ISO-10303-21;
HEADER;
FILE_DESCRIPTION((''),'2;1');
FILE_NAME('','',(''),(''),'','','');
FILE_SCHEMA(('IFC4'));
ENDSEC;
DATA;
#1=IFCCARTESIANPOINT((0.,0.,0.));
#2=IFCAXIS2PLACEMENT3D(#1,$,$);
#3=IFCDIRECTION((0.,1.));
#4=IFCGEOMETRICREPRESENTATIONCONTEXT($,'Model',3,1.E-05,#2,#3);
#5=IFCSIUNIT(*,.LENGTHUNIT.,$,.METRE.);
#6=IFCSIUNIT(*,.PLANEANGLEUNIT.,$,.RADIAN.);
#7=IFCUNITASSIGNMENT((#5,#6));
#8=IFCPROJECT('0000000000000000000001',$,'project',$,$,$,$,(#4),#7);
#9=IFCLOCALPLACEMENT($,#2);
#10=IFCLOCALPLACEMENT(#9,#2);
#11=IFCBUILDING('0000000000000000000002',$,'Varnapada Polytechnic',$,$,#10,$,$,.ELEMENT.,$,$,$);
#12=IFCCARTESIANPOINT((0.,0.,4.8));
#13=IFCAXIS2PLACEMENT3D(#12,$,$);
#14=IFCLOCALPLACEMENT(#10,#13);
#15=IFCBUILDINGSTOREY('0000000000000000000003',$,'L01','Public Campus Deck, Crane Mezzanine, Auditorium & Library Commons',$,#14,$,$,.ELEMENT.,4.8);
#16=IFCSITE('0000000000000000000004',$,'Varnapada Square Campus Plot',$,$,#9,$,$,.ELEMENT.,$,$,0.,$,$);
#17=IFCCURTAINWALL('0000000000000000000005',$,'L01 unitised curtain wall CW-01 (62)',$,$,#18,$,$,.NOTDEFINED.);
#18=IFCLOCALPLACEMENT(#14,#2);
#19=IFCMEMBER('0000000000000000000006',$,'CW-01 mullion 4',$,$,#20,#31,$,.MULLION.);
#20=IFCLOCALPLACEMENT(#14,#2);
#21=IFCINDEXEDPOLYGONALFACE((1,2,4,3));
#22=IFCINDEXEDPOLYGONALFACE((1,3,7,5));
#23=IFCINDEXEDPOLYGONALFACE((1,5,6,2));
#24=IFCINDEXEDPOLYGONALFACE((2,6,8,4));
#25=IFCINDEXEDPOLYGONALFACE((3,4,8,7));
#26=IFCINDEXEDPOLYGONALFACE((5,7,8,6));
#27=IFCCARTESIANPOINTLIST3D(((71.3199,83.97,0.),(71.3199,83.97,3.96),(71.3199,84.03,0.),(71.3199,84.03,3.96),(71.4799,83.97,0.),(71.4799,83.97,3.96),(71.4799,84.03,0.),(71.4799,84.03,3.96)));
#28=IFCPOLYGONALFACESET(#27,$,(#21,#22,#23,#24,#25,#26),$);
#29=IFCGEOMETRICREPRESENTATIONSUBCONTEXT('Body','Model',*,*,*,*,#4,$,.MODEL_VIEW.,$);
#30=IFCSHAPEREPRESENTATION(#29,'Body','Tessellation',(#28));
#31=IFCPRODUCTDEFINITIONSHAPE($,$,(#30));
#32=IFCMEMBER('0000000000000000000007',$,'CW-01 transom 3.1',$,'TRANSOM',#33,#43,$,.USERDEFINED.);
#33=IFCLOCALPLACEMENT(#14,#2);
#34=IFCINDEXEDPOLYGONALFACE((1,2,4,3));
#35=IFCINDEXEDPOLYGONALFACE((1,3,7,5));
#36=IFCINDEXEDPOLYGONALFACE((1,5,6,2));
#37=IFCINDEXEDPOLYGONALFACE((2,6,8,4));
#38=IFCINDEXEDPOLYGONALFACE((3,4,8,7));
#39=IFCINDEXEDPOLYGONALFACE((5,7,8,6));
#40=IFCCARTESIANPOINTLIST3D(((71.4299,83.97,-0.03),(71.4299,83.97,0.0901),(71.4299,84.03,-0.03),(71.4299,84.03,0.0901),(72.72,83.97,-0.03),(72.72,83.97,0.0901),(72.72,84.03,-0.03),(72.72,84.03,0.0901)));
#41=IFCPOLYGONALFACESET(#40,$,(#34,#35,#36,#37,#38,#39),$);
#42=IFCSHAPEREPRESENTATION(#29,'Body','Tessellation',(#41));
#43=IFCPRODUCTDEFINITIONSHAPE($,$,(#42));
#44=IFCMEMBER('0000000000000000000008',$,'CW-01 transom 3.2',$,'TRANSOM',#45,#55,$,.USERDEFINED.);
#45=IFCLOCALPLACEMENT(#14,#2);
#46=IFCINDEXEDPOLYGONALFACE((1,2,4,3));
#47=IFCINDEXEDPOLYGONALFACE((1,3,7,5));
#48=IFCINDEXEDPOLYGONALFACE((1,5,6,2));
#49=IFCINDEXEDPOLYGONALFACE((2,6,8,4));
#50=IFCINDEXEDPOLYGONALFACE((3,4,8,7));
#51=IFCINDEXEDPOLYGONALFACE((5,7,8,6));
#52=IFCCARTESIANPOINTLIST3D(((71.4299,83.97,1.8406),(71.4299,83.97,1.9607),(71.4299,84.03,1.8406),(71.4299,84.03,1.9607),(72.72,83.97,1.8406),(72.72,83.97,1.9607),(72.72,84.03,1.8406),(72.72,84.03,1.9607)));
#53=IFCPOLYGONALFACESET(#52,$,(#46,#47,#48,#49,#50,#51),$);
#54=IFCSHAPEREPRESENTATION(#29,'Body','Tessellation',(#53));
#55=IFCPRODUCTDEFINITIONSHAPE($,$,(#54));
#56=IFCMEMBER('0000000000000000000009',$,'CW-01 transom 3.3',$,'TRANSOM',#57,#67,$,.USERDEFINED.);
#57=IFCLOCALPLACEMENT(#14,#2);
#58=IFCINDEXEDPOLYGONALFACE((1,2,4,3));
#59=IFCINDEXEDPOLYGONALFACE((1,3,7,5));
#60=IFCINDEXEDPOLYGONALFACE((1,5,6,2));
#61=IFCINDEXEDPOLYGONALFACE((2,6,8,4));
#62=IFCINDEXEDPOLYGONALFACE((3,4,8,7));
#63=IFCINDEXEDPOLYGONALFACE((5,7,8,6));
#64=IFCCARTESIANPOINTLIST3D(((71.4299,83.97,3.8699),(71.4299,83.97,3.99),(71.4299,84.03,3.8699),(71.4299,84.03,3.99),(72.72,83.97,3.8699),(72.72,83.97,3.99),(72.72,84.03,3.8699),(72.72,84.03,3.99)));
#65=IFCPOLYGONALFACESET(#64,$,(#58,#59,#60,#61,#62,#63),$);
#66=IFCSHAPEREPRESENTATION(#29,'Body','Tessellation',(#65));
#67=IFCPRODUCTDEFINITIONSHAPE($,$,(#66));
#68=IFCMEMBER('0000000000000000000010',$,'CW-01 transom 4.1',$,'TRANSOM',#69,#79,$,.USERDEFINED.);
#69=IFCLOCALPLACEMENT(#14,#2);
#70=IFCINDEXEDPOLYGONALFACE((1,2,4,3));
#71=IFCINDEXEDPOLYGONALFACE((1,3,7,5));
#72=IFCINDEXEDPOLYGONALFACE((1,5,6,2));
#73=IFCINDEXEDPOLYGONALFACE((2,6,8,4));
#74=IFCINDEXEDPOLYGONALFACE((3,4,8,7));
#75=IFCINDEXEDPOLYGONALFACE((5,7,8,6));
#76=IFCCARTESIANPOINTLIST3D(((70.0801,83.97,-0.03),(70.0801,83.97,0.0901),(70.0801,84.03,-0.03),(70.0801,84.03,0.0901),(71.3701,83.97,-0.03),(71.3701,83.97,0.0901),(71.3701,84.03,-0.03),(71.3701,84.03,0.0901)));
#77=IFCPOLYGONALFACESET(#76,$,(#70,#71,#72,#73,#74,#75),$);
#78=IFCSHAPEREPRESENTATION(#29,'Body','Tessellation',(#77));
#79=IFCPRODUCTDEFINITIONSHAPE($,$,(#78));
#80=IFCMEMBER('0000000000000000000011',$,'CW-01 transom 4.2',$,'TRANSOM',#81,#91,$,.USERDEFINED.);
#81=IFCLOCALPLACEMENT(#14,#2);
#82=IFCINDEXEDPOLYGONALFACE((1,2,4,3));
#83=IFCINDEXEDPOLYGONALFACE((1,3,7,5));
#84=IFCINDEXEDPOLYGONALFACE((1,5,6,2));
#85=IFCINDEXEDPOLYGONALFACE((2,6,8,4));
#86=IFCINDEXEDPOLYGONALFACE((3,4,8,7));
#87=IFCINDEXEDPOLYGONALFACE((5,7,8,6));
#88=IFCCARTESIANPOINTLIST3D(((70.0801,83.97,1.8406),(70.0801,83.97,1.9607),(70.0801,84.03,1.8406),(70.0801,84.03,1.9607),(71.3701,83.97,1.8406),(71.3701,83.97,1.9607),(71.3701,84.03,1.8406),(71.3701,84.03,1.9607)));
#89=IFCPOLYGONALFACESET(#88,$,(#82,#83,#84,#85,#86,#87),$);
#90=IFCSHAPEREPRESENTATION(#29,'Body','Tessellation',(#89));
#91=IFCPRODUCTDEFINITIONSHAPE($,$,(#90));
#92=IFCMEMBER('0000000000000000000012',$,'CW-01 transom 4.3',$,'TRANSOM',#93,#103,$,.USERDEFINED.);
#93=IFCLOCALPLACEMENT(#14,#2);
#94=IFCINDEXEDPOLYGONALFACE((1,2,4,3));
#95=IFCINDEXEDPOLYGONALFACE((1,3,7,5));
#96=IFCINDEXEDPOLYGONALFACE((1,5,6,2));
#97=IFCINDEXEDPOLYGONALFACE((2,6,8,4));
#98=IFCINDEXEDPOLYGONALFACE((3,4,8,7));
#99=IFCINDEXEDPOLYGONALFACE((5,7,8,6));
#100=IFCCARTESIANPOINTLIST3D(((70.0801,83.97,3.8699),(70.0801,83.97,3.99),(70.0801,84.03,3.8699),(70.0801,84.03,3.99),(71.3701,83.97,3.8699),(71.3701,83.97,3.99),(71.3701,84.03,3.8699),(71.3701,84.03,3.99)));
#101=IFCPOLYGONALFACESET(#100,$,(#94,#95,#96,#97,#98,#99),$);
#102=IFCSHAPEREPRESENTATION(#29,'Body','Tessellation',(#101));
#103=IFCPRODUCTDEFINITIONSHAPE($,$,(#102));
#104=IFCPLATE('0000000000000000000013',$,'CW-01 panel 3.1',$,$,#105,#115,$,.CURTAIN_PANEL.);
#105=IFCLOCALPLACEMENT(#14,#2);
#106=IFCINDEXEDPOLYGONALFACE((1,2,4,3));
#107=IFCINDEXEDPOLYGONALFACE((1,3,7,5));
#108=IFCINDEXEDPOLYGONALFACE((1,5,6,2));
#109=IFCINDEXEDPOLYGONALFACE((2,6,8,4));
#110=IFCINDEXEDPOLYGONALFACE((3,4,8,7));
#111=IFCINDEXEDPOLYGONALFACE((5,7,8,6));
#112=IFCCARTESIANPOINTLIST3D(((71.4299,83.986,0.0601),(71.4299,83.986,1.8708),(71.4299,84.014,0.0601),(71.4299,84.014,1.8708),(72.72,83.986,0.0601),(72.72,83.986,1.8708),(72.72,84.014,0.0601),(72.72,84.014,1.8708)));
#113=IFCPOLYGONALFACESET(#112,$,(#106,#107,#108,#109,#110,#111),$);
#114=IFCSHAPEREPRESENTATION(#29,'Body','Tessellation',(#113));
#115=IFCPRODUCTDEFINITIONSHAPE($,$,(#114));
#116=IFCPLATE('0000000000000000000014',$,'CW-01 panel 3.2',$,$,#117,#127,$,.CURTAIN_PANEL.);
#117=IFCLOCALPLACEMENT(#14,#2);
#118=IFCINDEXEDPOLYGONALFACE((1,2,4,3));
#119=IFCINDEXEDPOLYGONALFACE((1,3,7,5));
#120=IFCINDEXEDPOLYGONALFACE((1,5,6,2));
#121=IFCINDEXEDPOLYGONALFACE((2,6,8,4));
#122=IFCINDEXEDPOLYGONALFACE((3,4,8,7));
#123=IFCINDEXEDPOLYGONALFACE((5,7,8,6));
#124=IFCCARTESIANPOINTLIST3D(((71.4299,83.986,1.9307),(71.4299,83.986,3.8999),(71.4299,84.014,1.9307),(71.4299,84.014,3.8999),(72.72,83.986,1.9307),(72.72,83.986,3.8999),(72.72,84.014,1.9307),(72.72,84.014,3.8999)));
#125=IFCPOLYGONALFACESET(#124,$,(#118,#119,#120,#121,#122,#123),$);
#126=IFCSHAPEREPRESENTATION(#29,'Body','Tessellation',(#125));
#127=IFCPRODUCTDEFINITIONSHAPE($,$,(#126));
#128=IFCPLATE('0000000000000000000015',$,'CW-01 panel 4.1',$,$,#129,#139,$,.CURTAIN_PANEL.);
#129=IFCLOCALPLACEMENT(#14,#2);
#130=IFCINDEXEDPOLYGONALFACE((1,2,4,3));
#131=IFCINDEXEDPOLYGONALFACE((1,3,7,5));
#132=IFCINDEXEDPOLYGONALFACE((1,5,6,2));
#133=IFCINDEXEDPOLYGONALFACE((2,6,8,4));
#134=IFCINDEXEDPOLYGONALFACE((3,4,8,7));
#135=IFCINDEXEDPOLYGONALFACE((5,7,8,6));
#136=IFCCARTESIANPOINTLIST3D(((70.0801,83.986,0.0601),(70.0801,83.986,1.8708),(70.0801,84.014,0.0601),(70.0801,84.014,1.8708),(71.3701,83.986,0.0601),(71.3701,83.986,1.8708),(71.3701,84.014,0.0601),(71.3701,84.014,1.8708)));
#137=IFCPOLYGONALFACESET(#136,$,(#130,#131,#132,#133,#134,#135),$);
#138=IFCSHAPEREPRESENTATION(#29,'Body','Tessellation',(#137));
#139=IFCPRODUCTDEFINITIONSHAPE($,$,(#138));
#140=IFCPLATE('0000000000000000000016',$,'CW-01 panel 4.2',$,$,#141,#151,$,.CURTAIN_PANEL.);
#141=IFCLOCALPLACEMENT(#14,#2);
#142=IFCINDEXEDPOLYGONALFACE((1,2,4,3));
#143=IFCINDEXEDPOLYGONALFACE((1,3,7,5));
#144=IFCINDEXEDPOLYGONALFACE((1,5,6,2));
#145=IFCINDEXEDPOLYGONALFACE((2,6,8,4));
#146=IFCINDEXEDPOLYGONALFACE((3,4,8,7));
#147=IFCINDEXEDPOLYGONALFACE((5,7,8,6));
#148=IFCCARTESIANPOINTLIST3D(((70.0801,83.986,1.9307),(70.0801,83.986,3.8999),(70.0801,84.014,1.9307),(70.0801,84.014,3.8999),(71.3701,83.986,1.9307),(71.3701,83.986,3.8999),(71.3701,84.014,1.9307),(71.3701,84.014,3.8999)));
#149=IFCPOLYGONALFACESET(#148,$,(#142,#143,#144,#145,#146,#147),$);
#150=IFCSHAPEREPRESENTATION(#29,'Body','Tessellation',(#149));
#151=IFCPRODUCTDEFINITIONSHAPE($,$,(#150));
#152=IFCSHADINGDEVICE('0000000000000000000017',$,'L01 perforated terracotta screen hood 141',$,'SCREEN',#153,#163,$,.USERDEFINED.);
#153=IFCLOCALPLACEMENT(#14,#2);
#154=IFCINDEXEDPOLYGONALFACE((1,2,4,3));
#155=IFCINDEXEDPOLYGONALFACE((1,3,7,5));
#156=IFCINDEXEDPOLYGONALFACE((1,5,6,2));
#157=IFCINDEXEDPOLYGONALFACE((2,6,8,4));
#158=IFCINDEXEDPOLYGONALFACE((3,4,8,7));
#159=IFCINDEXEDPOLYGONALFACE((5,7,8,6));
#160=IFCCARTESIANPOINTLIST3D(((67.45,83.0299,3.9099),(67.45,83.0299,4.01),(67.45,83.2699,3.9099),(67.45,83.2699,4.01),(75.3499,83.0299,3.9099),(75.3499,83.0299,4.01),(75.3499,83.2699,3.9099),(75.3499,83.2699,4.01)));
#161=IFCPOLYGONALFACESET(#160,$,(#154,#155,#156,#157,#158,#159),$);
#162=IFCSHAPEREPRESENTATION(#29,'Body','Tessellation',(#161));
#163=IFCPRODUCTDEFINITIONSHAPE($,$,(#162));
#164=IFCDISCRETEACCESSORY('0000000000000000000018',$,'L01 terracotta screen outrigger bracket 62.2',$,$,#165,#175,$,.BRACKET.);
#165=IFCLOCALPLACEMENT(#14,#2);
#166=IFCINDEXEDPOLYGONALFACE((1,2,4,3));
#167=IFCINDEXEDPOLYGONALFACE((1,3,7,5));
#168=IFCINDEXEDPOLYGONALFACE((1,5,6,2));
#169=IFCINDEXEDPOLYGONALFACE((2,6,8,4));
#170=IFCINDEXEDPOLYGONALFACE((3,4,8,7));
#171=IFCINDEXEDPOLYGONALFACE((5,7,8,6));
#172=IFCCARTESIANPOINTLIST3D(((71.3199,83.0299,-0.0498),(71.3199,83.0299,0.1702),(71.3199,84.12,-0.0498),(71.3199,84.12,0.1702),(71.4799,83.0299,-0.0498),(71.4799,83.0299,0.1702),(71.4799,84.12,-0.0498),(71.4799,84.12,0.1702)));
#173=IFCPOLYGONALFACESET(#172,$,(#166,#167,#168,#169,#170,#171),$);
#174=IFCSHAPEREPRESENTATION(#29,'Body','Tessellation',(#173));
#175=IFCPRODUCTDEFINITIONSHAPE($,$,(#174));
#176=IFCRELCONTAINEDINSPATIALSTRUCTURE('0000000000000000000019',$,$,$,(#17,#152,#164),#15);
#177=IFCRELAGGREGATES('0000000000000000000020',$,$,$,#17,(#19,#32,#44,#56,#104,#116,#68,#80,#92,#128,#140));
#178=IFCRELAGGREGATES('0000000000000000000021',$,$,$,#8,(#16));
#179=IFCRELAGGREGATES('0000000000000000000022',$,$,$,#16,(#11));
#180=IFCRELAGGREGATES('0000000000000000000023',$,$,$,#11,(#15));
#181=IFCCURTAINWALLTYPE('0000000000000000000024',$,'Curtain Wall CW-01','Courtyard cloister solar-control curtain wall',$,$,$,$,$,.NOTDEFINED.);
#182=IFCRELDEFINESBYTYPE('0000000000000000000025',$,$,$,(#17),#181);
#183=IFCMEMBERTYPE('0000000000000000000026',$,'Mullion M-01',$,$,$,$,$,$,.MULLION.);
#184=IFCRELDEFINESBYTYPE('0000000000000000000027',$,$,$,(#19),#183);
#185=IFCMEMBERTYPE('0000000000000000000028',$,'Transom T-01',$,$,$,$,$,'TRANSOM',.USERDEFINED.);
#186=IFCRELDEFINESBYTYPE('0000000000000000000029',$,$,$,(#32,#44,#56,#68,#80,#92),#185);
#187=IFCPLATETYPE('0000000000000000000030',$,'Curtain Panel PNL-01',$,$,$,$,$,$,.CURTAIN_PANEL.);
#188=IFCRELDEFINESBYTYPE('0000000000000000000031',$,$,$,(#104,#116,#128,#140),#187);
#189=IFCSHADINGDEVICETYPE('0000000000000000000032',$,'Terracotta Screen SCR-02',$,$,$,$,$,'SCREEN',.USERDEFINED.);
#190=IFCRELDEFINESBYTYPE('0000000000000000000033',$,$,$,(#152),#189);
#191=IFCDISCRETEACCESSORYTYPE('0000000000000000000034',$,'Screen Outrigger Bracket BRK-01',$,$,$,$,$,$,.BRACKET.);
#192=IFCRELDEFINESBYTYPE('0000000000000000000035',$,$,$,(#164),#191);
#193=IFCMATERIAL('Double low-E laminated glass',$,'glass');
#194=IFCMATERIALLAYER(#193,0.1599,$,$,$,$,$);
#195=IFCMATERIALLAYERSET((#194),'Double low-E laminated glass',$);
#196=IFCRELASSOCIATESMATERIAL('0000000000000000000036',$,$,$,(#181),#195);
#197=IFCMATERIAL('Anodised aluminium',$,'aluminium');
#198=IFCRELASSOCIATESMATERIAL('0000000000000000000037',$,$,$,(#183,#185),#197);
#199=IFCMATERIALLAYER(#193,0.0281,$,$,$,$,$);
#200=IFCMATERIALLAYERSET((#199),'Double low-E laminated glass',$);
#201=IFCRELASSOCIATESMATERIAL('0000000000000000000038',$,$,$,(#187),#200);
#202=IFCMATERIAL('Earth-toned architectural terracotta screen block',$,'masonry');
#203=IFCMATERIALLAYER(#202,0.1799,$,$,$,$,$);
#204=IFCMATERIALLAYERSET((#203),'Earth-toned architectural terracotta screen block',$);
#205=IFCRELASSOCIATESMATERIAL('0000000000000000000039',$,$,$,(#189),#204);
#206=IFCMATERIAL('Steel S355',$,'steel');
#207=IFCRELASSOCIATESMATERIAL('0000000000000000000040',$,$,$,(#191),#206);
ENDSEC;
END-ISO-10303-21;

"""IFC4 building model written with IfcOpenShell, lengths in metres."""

from ifc_helpers import new_model, si_unit, direction, frame, origin, origin_2d, place, context, subcontext, project, spatial, rectangle, extrude, material, layer, layer_set, material_profile, profile_set, type_object, element, aggregate, save


model = new_model("IFC4")

# Units and contexts
model_context = context("Model", 3, precision=1e-05, world=origin(), true_north=direction((0.0, 1.0)))
body_context = subcontext(model_context, "Body", "Model", "MODEL_VIEW")
ifc_project = project(units=[si_unit("LENGTHUNIT", "METRE"), si_unit("PLANEANGLEUNIT", "RADIAN")], contexts=[model_context])

# Site, building, storey
site_placement = place(None, origin())
site = spatial("IfcSite", under=ifc_project, at=site_placement, Name="Varnapada Square Campus Plot", CompositionType="ELEMENT", RefElevation=0.0)
building_placement = place(site_placement, origin())
building = spatial("IfcBuilding", under=site, at=building_placement, Name="Varnapada Polytechnic", CompositionType="ELEMENT")
storey_placement = place(building_placement, frame((0.0, 0.0, 4.8)))
storey = spatial("IfcBuildingStorey", under=building, at=storey_placement, Name="L01", Description="Public Campus Deck, Crane Mezzanine, Auditorium & Library Commons", CompositionType="ELEMENT", Elevation=4.8)

# Curtain wall, members, plates
ifc_material_1 = material(Name="Double low-E laminated glass", Category="glass")
ifc_layer_1 = layer(ifc_material_1, 0.1599)
ifc_layer_set_1 = layer_set([ifc_layer_1], Name="Double low-E laminated glass")
curtain_wall_type = type_object("IfcCurtainWallType", Name="Curtain Wall CW-01", Description="Courtyard cloister solar-control curtain wall", PredefinedType="NOTDEFINED", material=ifc_layer_set_1)
curtain_wall_placement = place(storey_placement, origin())
curtain_wall = element("IfcCurtainWall", 1, at=curtain_wall_placement, inside=storey, type_object=curtain_wall_type, Name="L01 unitised curtain wall CW-01 (62)", PredefinedType="NOTDEFINED")
ifc_material_2 = material(Name="Anodised aluminium", Category="aluminium")
ifc_material_profile_1 = material_profile(ifc_material_2, rectangle(XDim=0.0601, YDim=0.1599, at=origin_2d()), Name="ALU M60x160")
ifc_profile_set_1 = profile_set([ifc_material_profile_1], Name="Anodised aluminium")
member_type_1 = type_object("IfcMemberType", Name="Mullion M-01", PredefinedType="MULLION", material=ifc_profile_set_1)
member_1_placement = place(storey_placement, frame((71.3999, 84.0, 0.0), z_axis=(0.0, 0.0, 1.0), x_axis=(0.0, -1.0, 0.0)))
member_1 = element("IfcMember", 2, at=member_1_placement, type_object=member_type_1, Name="CW-01 mullion 4", PredefinedType="MULLION", context=body_context, shape_type="SweptSolid", body=[
    extrude(rectangle(XDim=0.0601, YDim=0.1599, at=origin_2d()), origin(), (0.0, 0.0, 1.0), 3.96),
])
ifc_material_profile_2 = material_profile(ifc_material_2, rectangle(XDim=0.0601, YDim=0.1201, at=origin_2d()), Name="ALU T60x120")
ifc_profile_set_2 = profile_set([ifc_material_profile_2], Name="Anodised aluminium")
member_type_2 = type_object("IfcMemberType", Name="Transom T-01", ElementType="TRANSOM", PredefinedType="USERDEFINED", material=ifc_profile_set_2)
member_2_placement = place(storey_placement, frame((72.72, 84.0, 0.03), z_axis=(-1.0, 0.0, 0.0), x_axis=(0.0, -1.0, 0.0)))
member_2 = element("IfcMember", 3, at=member_2_placement, type_object=member_type_2, Name="CW-01 transom 3.1", ObjectType="TRANSOM", PredefinedType="USERDEFINED", context=body_context, shape_type="SweptSolid", body=[
    extrude(rectangle(XDim=0.0601, YDim=0.1201, at=origin_2d()), origin(), (0.0, 0.0, 1.0), 1.29),
])
member_3_placement = place(storey_placement, frame((72.72, 84.0, 1.9006), z_axis=(-1.0, 0.0, 0.0), x_axis=(0.0, -1.0, 0.0)))
member_3 = element("IfcMember", 4, at=member_3_placement, type_object=member_type_2, Name="CW-01 transom 3.2", ObjectType="TRANSOM", PredefinedType="USERDEFINED", context=body_context, shape_type="SweptSolid", body=[
    extrude(rectangle(XDim=0.0601, YDim=0.1201, at=origin_2d()), origin(), (0.0, 0.0, 1.0), 1.29),
])
member_4_placement = place(storey_placement, frame((72.72, 84.0, 3.9299), z_axis=(-1.0, 0.0, 0.0), x_axis=(0.0, -1.0, 0.0)))
member_4 = element("IfcMember", 5, at=member_4_placement, type_object=member_type_2, Name="CW-01 transom 3.3", ObjectType="TRANSOM", PredefinedType="USERDEFINED", context=body_context, shape_type="SweptSolid", body=[
    extrude(rectangle(XDim=0.0601, YDim=0.1201, at=origin_2d()), origin(), (0.0, 0.0, 1.0), 1.29),
])
member_5_placement = place(storey_placement, frame((71.3701, 84.0, 0.03), z_axis=(-1.0, 0.0, 0.0), x_axis=(0.0, -1.0, 0.0)))
member_5 = element("IfcMember", 6, at=member_5_placement, type_object=member_type_2, Name="CW-01 transom 4.1", ObjectType="TRANSOM", PredefinedType="USERDEFINED", context=body_context, shape_type="SweptSolid", body=[
    extrude(rectangle(XDim=0.0601, YDim=0.1201, at=origin_2d()), origin(), (0.0, 0.0, 1.0), 1.29),
])
member_6_placement = place(storey_placement, frame((71.3701, 84.0, 1.9006), z_axis=(-1.0, 0.0, 0.0), x_axis=(0.0, -1.0, 0.0)))
member_6 = element("IfcMember", 7, at=member_6_placement, type_object=member_type_2, Name="CW-01 transom 4.2", ObjectType="TRANSOM", PredefinedType="USERDEFINED", context=body_context, shape_type="SweptSolid", body=[
    extrude(rectangle(XDim=0.0601, YDim=0.1201, at=origin_2d()), origin(), (0.0, 0.0, 1.0), 1.29),
])
member_7_placement = place(storey_placement, frame((71.3701, 84.0, 3.9299), z_axis=(-1.0, 0.0, 0.0), x_axis=(0.0, -1.0, 0.0)))
member_7 = element("IfcMember", 8, at=member_7_placement, type_object=member_type_2, Name="CW-01 transom 4.3", ObjectType="TRANSOM", PredefinedType="USERDEFINED", context=body_context, shape_type="SweptSolid", body=[
    extrude(rectangle(XDim=0.0601, YDim=0.1201, at=origin_2d()), origin(), (0.0, 0.0, 1.0), 1.29),
])
ifc_layer_2 = layer(ifc_material_1, 0.0281)
ifc_layer_set_2 = layer_set([ifc_layer_2], Name="Double low-E laminated glass")
plate_type = type_object("IfcPlateType", Name="Curtain Panel PNL-01", PredefinedType="CURTAIN_PANEL", material=ifc_layer_set_2)
plate_1_placement = place(storey_placement, frame((72.075, 84.0, 0.0601), z_axis=(0.0, 0.0, 1.0), x_axis=(-1.0, 0.0, 0.0)))
plate_1 = element("IfcPlate", 9, at=plate_1_placement, type_object=plate_type, Name="CW-01 panel 3.1", PredefinedType="CURTAIN_PANEL", context=body_context, shape_type="SweptSolid", body=[
    extrude(rectangle(XDim=1.29, YDim=0.0281, at=origin_2d()), origin(), (0.0, 0.0, 1.0), 1.8108),
])
plate_2_placement = place(storey_placement, frame((72.075, 84.0, 1.9307), z_axis=(0.0, 0.0, 1.0), x_axis=(-1.0, 0.0, 0.0)))
plate_2 = element("IfcPlate", 10, at=plate_2_placement, type_object=plate_type, Name="CW-01 panel 3.2", PredefinedType="CURTAIN_PANEL", context=body_context, shape_type="SweptSolid", body=[
    extrude(rectangle(XDim=1.29, YDim=0.0281, at=origin_2d()), origin(), (0.0, 0.0, 1.0), 1.9692),
])
plate_3_placement = place(storey_placement, frame((70.7251, 84.0, 0.0601), z_axis=(0.0, 0.0, 1.0), x_axis=(-1.0, 0.0, 0.0)))
plate_3 = element("IfcPlate", 11, at=plate_3_placement, type_object=plate_type, Name="CW-01 panel 4.1", PredefinedType="CURTAIN_PANEL", context=body_context, shape_type="SweptSolid", body=[
    extrude(rectangle(XDim=1.29, YDim=0.0281, at=origin_2d()), origin(), (0.0, 0.0, 1.0), 1.8108),
])
plate_4_placement = place(storey_placement, frame((70.7251, 84.0, 1.9307), z_axis=(0.0, 0.0, 1.0), x_axis=(-1.0, 0.0, 0.0)))
plate_4 = element("IfcPlate", 12, at=plate_4_placement, type_object=plate_type, Name="CW-01 panel 4.2", PredefinedType="CURTAIN_PANEL", context=body_context, shape_type="SweptSolid", body=[
    extrude(rectangle(XDim=1.29, YDim=0.0281, at=origin_2d()), origin(), (0.0, 0.0, 1.0), 1.9692),
])
aggregate(curtain_wall, [member_1, member_2, member_3, member_4, plate_1, plate_2, member_5, member_6, member_7, plate_3, plate_4])

# Shading device
ifc_material_3 = material(Name="Earth-toned architectural terracotta screen block", Category="masonry")
ifc_layer_3 = layer(ifc_material_3, 0.1799)
ifc_layer_set_3 = layer_set([ifc_layer_3], Name="Earth-toned architectural terracotta screen block")
shading_device_type = type_object("IfcShadingDeviceType", Name="Terracotta Screen SCR-02", ElementType="SCREEN", PredefinedType="USERDEFINED", material=ifc_layer_set_3)
shading_device_placement = place(storey_placement, frame((71.3999, 83.1499, 3.9099), z_axis=(0.0, 0.0, 1.0), x_axis=(-1.0, 0.0, 0.0)))
element("IfcShadingDevice", 13, at=shading_device_placement, inside=storey, type_object=shading_device_type, Name="L01 perforated terracotta screen hood 141", ObjectType="SCREEN", PredefinedType="USERDEFINED", context=body_context, shape_type="SweptSolid", body=[
    extrude(rectangle(XDim=7.8999, YDim=0.24, at=origin_2d()), origin(), (0.0, 0.0, 1.0), 0.1001),
])

# Discrete accessory
ifc_material_4 = material(Name="Steel S355", Category="steel")
discrete_accessory_type = type_object("IfcDiscreteAccessoryType", Name="Screen Outrigger Bracket BRK-01", PredefinedType="BRACKET", material=ifc_material_4)
discrete_accessory_placement = place(storey_placement, frame((71.3999, 83.575, -0.0498), z_axis=(0.0, 0.0, 1.0), x_axis=(-1.0, 0.0, 0.0)))
element("IfcDiscreteAccessory", 14, at=discrete_accessory_placement, inside=storey, type_object=discrete_accessory_type, Name="L01 terracotta screen outrigger bracket 62.2", PredefinedType="BRACKET", context=body_context, shape_type="SweptSolid", body=[
    extrude(rectangle(XDim=0.1599, YDim=1.0901, at=origin_2d()), origin(), (0.0, 0.0, 1.0), 0.22),
])

save(model, "model.ifc")
